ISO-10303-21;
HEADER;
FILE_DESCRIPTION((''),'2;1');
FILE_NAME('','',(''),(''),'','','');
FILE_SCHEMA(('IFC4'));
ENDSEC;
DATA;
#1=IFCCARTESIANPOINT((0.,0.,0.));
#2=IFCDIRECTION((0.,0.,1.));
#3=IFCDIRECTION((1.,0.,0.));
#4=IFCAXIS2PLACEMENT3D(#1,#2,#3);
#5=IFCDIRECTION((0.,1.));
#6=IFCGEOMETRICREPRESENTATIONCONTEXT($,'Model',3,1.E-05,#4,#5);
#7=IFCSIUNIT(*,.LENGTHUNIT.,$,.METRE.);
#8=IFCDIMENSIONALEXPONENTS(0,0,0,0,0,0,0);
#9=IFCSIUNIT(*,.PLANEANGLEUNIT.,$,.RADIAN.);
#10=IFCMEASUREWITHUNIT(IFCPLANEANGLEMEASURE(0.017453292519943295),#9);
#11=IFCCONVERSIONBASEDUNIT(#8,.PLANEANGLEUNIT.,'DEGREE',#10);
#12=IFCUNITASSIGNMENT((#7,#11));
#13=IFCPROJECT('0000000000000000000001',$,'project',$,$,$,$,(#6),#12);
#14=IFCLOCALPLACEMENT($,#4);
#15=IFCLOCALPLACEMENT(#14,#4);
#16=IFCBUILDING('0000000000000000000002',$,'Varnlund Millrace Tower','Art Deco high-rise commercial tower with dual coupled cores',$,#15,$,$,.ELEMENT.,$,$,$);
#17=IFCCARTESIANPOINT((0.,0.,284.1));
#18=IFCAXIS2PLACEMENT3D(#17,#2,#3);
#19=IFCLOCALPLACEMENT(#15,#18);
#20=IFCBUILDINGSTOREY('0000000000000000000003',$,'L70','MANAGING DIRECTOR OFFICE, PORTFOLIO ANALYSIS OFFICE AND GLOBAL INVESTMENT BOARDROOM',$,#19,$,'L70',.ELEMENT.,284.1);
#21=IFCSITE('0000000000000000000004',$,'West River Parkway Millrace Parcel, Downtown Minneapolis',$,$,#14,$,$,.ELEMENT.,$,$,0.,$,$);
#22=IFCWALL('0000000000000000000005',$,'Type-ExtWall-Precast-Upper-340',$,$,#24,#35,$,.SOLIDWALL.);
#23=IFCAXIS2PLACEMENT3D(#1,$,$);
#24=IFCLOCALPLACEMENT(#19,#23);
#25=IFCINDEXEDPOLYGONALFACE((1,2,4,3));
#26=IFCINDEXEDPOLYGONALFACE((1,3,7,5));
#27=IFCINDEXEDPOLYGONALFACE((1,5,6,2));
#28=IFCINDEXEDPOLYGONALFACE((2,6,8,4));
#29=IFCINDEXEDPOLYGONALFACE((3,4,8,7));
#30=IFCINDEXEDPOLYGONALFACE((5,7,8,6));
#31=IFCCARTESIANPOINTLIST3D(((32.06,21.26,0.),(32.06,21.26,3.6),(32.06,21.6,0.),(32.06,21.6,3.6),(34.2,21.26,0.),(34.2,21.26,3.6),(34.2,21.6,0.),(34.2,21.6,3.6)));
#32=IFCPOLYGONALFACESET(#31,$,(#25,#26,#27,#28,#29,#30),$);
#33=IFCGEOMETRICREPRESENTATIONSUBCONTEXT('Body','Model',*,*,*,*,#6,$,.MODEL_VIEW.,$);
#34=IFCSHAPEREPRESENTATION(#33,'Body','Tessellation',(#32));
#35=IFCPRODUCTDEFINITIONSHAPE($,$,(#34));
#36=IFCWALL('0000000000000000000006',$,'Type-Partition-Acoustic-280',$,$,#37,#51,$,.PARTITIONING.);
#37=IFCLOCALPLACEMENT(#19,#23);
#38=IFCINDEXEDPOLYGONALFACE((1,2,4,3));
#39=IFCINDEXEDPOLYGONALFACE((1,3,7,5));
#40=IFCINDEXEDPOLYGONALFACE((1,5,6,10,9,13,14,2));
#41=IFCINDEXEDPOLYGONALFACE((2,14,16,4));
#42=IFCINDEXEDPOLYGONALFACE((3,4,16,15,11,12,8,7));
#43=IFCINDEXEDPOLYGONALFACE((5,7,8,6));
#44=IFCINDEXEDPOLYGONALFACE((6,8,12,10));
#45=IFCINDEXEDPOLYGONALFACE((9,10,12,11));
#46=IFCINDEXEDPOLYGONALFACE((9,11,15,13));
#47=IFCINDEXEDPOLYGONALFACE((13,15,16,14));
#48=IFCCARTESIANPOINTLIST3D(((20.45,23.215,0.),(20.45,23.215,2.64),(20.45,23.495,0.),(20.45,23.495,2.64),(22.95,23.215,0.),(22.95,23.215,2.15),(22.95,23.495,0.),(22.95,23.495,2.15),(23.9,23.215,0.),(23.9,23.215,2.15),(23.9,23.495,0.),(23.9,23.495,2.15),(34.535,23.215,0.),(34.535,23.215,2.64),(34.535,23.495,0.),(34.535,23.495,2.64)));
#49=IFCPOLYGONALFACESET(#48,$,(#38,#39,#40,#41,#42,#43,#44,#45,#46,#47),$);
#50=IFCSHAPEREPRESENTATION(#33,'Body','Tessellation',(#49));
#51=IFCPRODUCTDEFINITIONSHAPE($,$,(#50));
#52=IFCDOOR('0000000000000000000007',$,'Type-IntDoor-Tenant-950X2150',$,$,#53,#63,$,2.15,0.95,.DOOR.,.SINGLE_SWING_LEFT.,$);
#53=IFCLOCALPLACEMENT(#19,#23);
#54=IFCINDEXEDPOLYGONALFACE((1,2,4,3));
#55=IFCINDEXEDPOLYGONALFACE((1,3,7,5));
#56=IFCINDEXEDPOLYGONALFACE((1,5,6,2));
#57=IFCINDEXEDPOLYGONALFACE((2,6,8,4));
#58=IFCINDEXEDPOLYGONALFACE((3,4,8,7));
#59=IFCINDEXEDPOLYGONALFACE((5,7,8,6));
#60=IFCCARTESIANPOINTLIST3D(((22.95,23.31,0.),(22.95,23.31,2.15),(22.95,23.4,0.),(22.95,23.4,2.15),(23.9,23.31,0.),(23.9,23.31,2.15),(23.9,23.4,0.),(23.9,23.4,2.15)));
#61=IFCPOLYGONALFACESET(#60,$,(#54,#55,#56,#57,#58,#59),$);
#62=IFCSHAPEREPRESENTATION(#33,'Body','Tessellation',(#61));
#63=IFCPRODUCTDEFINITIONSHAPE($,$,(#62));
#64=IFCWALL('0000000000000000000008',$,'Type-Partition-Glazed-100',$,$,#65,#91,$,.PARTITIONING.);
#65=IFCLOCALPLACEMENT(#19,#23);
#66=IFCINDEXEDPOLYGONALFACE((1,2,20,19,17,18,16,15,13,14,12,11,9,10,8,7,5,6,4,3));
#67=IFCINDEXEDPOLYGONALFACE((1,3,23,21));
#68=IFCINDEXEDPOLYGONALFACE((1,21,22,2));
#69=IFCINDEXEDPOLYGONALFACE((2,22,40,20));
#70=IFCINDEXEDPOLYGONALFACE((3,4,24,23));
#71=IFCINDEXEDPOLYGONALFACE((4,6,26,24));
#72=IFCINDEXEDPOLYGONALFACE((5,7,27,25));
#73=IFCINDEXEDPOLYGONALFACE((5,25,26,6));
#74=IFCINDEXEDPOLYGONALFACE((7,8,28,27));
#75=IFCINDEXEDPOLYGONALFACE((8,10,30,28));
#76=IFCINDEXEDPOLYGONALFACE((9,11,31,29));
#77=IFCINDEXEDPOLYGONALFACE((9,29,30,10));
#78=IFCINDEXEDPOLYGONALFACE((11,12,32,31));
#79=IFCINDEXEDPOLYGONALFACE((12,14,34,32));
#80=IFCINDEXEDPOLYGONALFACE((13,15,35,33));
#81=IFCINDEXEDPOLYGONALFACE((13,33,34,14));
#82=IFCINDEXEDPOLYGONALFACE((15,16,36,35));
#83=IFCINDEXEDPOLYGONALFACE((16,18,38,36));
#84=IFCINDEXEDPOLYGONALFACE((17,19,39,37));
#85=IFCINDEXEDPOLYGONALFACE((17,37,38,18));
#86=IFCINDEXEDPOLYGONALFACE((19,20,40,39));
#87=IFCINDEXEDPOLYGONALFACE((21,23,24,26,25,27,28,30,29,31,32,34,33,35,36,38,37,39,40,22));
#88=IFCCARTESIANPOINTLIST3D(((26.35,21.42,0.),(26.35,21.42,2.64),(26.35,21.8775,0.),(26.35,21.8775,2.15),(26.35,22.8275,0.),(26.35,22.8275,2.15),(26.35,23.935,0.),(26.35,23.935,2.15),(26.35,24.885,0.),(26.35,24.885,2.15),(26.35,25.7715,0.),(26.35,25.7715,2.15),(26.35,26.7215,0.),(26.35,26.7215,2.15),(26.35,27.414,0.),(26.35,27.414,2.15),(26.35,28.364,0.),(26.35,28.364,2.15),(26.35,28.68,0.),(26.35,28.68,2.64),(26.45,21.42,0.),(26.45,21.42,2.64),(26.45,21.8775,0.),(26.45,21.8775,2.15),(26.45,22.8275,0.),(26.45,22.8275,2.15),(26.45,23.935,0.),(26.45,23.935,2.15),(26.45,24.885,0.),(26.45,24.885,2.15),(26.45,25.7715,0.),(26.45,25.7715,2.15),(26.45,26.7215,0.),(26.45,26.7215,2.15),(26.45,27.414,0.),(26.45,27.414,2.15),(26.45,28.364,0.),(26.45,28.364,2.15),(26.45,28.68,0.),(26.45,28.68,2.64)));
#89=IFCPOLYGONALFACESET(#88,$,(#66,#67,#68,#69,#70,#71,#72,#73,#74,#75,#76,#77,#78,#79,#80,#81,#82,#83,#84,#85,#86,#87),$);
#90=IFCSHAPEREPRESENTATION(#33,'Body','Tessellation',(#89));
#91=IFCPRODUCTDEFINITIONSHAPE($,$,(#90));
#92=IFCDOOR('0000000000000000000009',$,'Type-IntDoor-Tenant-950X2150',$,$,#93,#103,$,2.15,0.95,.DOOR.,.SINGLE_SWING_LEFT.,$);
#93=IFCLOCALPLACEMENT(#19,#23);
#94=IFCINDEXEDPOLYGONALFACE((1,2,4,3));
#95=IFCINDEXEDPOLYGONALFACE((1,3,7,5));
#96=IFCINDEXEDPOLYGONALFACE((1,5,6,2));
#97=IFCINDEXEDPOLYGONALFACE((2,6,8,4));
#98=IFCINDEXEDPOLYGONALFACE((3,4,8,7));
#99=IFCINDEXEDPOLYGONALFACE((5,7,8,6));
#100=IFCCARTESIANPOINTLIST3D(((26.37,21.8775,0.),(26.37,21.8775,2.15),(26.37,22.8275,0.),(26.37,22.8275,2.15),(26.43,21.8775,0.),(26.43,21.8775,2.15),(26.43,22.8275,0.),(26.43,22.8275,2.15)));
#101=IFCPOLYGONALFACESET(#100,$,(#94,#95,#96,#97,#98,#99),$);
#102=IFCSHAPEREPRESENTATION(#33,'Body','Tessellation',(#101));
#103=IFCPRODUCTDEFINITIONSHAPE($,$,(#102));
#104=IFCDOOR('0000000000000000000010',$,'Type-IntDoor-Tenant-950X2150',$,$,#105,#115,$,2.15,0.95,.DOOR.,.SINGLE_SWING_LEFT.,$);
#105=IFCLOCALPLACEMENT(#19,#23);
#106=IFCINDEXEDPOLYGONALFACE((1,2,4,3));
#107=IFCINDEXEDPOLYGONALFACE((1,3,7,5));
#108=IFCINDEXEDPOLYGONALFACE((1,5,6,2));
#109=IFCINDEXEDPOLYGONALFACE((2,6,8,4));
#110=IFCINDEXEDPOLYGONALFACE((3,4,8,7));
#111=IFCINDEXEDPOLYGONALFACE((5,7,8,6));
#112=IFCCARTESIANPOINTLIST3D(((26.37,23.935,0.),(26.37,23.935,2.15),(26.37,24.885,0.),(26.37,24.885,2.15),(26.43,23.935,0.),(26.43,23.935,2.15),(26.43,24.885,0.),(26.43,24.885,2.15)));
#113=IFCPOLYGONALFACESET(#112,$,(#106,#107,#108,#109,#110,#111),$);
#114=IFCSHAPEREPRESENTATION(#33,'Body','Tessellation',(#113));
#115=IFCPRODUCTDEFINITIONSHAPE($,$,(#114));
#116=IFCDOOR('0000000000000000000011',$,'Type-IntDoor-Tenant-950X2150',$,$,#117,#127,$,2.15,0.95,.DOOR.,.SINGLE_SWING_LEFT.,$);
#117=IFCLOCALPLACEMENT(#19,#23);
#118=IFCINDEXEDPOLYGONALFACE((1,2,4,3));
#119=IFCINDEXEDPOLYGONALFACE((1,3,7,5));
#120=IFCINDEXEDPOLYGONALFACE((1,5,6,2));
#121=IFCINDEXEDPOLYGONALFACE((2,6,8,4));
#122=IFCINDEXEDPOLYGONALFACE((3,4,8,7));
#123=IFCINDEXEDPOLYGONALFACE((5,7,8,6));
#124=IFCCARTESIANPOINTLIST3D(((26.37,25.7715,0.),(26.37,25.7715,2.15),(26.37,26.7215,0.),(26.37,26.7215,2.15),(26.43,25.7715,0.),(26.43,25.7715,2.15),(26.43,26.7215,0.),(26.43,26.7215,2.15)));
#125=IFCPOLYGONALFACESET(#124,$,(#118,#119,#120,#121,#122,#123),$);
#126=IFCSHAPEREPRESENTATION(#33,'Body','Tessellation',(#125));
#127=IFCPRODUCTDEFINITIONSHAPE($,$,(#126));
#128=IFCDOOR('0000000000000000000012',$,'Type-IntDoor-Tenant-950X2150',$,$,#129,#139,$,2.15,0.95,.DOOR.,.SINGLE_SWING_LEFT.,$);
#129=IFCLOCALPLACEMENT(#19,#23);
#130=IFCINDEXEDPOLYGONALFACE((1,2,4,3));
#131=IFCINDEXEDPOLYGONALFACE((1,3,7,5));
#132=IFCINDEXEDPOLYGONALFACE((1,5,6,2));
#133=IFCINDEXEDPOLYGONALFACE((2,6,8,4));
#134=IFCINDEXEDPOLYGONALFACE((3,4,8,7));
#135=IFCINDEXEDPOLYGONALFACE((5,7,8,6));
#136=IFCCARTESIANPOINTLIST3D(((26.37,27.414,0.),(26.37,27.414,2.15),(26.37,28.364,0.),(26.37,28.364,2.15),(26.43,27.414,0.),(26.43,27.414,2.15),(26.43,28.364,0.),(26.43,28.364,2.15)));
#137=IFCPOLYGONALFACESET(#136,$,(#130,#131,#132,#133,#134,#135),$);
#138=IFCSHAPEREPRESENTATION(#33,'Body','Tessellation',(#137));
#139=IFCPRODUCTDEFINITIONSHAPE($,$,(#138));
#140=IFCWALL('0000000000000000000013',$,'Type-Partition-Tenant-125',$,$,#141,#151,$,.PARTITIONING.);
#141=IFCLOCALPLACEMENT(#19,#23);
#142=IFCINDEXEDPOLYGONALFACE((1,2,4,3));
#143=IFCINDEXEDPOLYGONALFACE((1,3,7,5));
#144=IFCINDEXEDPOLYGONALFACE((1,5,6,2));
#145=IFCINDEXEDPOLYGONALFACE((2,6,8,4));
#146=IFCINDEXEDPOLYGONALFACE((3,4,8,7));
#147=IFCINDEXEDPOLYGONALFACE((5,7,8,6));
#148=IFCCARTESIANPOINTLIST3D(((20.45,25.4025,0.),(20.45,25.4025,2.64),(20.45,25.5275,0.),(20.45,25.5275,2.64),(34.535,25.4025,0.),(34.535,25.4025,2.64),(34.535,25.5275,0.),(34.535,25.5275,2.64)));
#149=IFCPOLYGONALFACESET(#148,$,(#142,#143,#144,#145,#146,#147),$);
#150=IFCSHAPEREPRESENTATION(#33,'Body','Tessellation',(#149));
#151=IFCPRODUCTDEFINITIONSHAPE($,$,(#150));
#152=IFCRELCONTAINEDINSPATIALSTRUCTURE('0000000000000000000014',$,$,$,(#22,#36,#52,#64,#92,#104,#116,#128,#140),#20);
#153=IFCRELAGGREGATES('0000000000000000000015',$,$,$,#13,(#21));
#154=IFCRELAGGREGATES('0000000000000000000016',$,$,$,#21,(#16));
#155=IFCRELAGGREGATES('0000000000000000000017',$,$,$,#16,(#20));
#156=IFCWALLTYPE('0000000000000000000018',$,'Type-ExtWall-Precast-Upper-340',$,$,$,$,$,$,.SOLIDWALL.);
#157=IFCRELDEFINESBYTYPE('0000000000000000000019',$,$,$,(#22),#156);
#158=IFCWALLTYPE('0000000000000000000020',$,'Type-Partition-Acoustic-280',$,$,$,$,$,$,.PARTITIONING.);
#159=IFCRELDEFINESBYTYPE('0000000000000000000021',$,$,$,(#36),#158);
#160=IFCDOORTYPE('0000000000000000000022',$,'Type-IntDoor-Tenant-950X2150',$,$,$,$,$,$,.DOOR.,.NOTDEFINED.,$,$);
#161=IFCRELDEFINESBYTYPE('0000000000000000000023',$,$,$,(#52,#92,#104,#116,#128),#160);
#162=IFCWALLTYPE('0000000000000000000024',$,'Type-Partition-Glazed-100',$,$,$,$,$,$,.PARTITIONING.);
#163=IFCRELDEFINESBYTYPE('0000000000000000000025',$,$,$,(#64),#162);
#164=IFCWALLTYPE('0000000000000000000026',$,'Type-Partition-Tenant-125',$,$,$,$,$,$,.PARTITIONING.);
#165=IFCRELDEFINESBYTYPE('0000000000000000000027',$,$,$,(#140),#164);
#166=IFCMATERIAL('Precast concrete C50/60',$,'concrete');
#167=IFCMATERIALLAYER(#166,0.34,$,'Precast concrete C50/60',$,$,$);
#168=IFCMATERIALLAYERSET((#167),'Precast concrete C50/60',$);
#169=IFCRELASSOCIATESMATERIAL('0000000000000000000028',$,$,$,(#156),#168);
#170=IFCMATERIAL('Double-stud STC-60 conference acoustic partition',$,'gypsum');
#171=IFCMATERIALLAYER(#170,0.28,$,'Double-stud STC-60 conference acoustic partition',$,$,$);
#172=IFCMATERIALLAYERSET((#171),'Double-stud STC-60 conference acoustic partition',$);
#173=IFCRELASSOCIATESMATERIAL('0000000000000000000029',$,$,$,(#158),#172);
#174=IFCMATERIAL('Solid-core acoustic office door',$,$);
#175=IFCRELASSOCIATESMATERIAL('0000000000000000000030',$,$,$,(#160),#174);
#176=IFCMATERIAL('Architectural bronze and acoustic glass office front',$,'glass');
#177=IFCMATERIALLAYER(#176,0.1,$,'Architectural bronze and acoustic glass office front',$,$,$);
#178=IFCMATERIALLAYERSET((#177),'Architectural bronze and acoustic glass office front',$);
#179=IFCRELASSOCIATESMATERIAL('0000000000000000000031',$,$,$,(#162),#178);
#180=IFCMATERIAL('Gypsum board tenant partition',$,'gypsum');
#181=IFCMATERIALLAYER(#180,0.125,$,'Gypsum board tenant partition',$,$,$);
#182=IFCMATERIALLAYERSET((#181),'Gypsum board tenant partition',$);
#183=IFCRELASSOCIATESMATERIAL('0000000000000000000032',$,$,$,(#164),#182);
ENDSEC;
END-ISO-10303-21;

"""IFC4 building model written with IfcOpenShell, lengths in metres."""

from ifc_helpers import new_model, entity, si_unit, converted_unit, direction, frame, origin_with_axes, origin_2d_with_axis, place, context, subcontext, project, spatial, polyline, rectangle, outline, extrude, material, layer, layer_set, type_object, element, fill, save


model = new_model("IFC4")

# Units and contexts
model_context = context("Model", 3, precision=1e-05, world=origin_with_axes(), true_north=direction((0.0, 1.0)))
body_context = subcontext(model_context, "Body", "Model", "MODEL_VIEW")
ifc_project = project(units=[si_unit("LENGTHUNIT", "METRE"), converted_unit("PLANEANGLEUNIT", "DEGREE", entity("IfcPlaneAngleMeasure", 0.017453292519943295), si_unit("PLANEANGLEUNIT", "RADIAN"), dimensions=[0, 0, 0, 0, 0, 0, 0])], contexts=[model_context])

# Site, building, storey
site_placement = place(None, origin_with_axes())
site = spatial("IfcSite", under=ifc_project, at=site_placement, Name="West River Parkway Millrace Parcel, Downtown Minneapolis", CompositionType="ELEMENT", RefElevation=0.0)
building_placement = place(site_placement, origin_with_axes())
building = spatial("IfcBuilding", under=site, at=building_placement, Name="Varnlund Millrace Tower", Description="Art Deco high-rise commercial tower with dual coupled cores", CompositionType="ELEMENT")
storey_placement = place(building_placement, frame((0.0, 0.0, 284.1), z_axis=(0.0, 0.0, 1.0), x_axis=(1.0, 0.0, 0.0)))
storey = spatial("IfcBuildingStorey", under=building, at=storey_placement, Name="L70", Description="MANAGING DIRECTOR OFFICE, PORTFOLIO ANALYSIS OFFICE AND GLOBAL INVESTMENT BOARDROOM", LongName="L70", CompositionType="ELEMENT", Elevation=284.1)

# Shared definitions
ifc_material_1 = material(Name="Precast concrete C50/60", Category="concrete")
ifc_layer_1 = layer(ifc_material_1, 0.34, Name="Precast concrete C50/60")
ifc_layer_set_1 = layer_set([ifc_layer_1], Name="Precast concrete C50/60")
wall_type_1 = type_object("IfcWallType", Name="Type-ExtWall-Precast-Upper-340", PredefinedType="SOLIDWALL", material=ifc_layer_set_1)

# Wall
wall_1_placement = place(storey_placement, frame((32.06, 21.43, 0.0), z_axis=(0.0, 0.0, 1.0), x_axis=(1.0, 0.0, 0.0)))
element("IfcWall", 1, at=wall_1_placement, inside=storey, type_object=wall_type_1, Name="Type-ExtWall-Precast-Upper-340", PredefinedType="SOLIDWALL", context=body_context, shape_type="SweptSolid", body=[
    extrude(outline(polyline([(0.0, -0.17), (2.14, -0.17), (2.14, 0.17), (0.0, 0.17), (0.0, -0.17)])), origin_with_axes(), (0.0, 0.0, 1.0), 3.6),
])

# Wall, opening, door
ifc_material_2 = material(Name="Double-stud STC-60 conference acoustic partition", Category="gypsum")
ifc_layer_2 = layer(ifc_material_2, 0.28, Name="Double-stud STC-60 conference acoustic partition")
ifc_layer_set_2 = layer_set([ifc_layer_2], Name="Double-stud STC-60 conference acoustic partition")
wall_type_2 = type_object("IfcWallType", Name="Type-Partition-Acoustic-280", PredefinedType="PARTITIONING", material=ifc_layer_set_2)
wall_2_placement = place(storey_placement, frame((20.45, 23.355, 0.0), z_axis=(0.0, 0.0, 1.0), x_axis=(1.0, 0.0, 0.0)))
wall_2 = element("IfcWall", 2, at=wall_2_placement, inside=storey, type_object=wall_type_2, Name="Type-Partition-Acoustic-280", PredefinedType="PARTITIONING", context=body_context, shape_type="SweptSolid", body=[
    extrude(outline(polyline([(0.0, -0.14), (14.085, -0.14), (14.085, 0.14), (0.0, 0.14), (0.0, -0.14)])), origin_with_axes(), (0.0, 0.0, 1.0), 2.64),
])
opening_1_placement = place(wall_2_placement, frame((2.975, 0.0, 0.0), z_axis=(0.0, 0.0, 1.0), x_axis=(1.0, 0.0, 0.0)))
opening_1 = element("IfcOpeningElement", 3, at=opening_1_placement, cuts=wall_2, PredefinedType="OPENING", context=body_context, shape_type="SweptSolid", body=[
    extrude(rectangle(XDim=0.95, YDim=0.3, at=origin_2d_with_axis()), origin_with_axes(), (0.0, 0.0, 1.0), 2.15),
])
ifc_material_3 = material(Name="Solid-core acoustic office door")
door_type = type_object("IfcDoorType", Name="Type-IntDoor-Tenant-950X2150", OperationType="NOTDEFINED", PredefinedType="DOOR", material=ifc_material_3)
door_1_placement = place(wall_2_placement, frame((2.975, 0.0, 0.0), z_axis=(0.0, 0.0, 1.0), x_axis=(1.0, 0.0, 0.0)))
door_1 = element("IfcDoor", 4, at=door_1_placement, inside=storey, type_object=door_type, Name="Type-IntDoor-Tenant-950X2150", OperationType="SINGLE_SWING_LEFT", OverallHeight=2.15, OverallWidth=0.95, PredefinedType="DOOR", context=body_context, shape_type="SweptSolid", body=[
    extrude(rectangle(XDim=0.95, YDim=0.09, at=origin_2d_with_axis()), origin_with_axes(), (0.0, 0.0, 1.0), 2.15),
])
fill(opening_1, door_1)

# Wall, openings, doors
ifc_material_4 = material(Name="Architectural bronze and acoustic glass office front", Category="glass")
ifc_layer_3 = layer(ifc_material_4, 0.1, Name="Architectural bronze and acoustic glass office front")
ifc_layer_set_3 = layer_set([ifc_layer_3], Name="Architectural bronze and acoustic glass office front")
wall_type_3 = type_object("IfcWallType", Name="Type-Partition-Glazed-100", PredefinedType="PARTITIONING", material=ifc_layer_set_3)
wall_3_placement = place(storey_placement, frame((26.4, 21.42, 0.0), z_axis=(0.0, 0.0, 1.0), x_axis=(0.0, 1.0, 0.0)))
wall_3 = element("IfcWall", 5, at=wall_3_placement, inside=storey, type_object=wall_type_3, Name="Type-Partition-Glazed-100", PredefinedType="PARTITIONING", context=body_context, shape_type="SweptSolid", body=[
    extrude(outline(polyline([(0.0, -0.05), (7.26, -0.05), (7.26, 0.05), (0.0, 0.05), (0.0, -0.05)])), origin_with_axes(), (0.0, 0.0, 1.0), 2.64),
])
opening_2_placement = place(wall_3_placement, frame((0.9325, 0.0, 0.0), z_axis=(0.0, 0.0, 1.0), x_axis=(1.0, 0.0, 0.0)))
opening_2 = element("IfcOpeningElement", 6, at=opening_2_placement, cuts=wall_3, PredefinedType="OPENING", context=body_context, shape_type="SweptSolid", body=[
    extrude(rectangle(XDim=0.95, YDim=0.12, at=origin_2d_with_axis()), origin_with_axes(), (0.0, 0.0, 1.0), 2.15),
])
opening_3_placement = place(wall_3_placement, frame((2.99, 0.0, 0.0), z_axis=(0.0, 0.0, 1.0), x_axis=(1.0, 0.0, 0.0)))
opening_3 = element("IfcOpeningElement", 7, at=opening_3_placement, cuts=wall_3, PredefinedType="OPENING", context=body_context, shape_type="SweptSolid", body=[
    extrude(rectangle(XDim=0.95, YDim=0.12, at=origin_2d_with_axis()), origin_with_axes(), (0.0, 0.0, 1.0), 2.15),
])
opening_4_placement = place(wall_3_placement, frame((4.8265, 0.0, 0.0), z_axis=(0.0, 0.0, 1.0), x_axis=(1.0, 0.0, 0.0)))
opening_4 = element("IfcOpeningElement", 8, at=opening_4_placement, cuts=wall_3, PredefinedType="OPENING", context=body_context, shape_type="SweptSolid", body=[
    extrude(rectangle(XDim=0.95, YDim=0.12, at=origin_2d_with_axis()), origin_with_axes(), (0.0, 0.0, 1.0), 2.15),
])
opening_5_placement = place(wall_3_placement, frame((6.469, 0.0, 0.0), z_axis=(0.0, 0.0, 1.0), x_axis=(1.0, 0.0, 0.0)))
opening_5 = element("IfcOpeningElement", 9, at=opening_5_placement, cuts=wall_3, PredefinedType="OPENING", context=body_context, shape_type="SweptSolid", body=[
    extrude(rectangle(XDim=0.95, YDim=0.12, at=origin_2d_with_axis()), origin_with_axes(), (0.0, 0.0, 1.0), 2.15),
])
door_2_placement = place(wall_3_placement, frame((0.9325, 0.0, 0.0), z_axis=(0.0, 0.0, 1.0), x_axis=(1.0, 0.0, 0.0)))
door_2 = element("IfcDoor", 10, at=door_2_placement, inside=storey, type_object=door_type, Name="Type-IntDoor-Tenant-950X2150", OperationType="SINGLE_SWING_LEFT", OverallHeight=2.15, OverallWidth=0.95, PredefinedType="DOOR", context=body_context, shape_type="SweptSolid", body=[
    extrude(rectangle(XDim=0.95, YDim=0.06, at=origin_2d_with_axis()), origin_with_axes(), (0.0, 0.0, 1.0), 2.15),
])
fill(opening_2, door_2)
door_3_placement = place(wall_3_placement, frame((2.99, 0.0, 0.0), z_axis=(0.0, 0.0, 1.0), x_axis=(1.0, 0.0, 0.0)))
door_3 = element("IfcDoor", 11, at=door_3_placement, inside=storey, type_object=door_type, Name="Type-IntDoor-Tenant-950X2150", OperationType="SINGLE_SWING_LEFT", OverallHeight=2.15, OverallWidth=0.95, PredefinedType="DOOR", context=body_context, shape_type="SweptSolid", body=[
    extrude(rectangle(XDim=0.95, YDim=0.06, at=origin_2d_with_axis()), origin_with_axes(), (0.0, 0.0, 1.0), 2.15),
])
fill(opening_3, door_3)
door_4_placement = place(wall_3_placement, frame((4.8265, 0.0, 0.0), z_axis=(0.0, 0.0, 1.0), x_axis=(1.0, 0.0, 0.0)))
door_4 = element("IfcDoor", 12, at=door_4_placement, inside=storey, type_object=door_type, Name="Type-IntDoor-Tenant-950X2150", OperationType="SINGLE_SWING_LEFT", OverallHeight=2.15, OverallWidth=0.95, PredefinedType="DOOR", context=body_context, shape_type="SweptSolid", body=[
    extrude(rectangle(XDim=0.95, YDim=0.06, at=origin_2d_with_axis()), origin_with_axes(), (0.0, 0.0, 1.0), 2.15),
])
fill(opening_4, door_4)
door_5_placement = place(wall_3_placement, frame((6.469, 0.0, 0.0), z_axis=(0.0, 0.0, 1.0), x_axis=(1.0, 0.0, 0.0)))
door_5 = element("IfcDoor", 13, at=door_5_placement, inside=storey, type_object=door_type, Name="Type-IntDoor-Tenant-950X2150", OperationType="SINGLE_SWING_LEFT", OverallHeight=2.15, OverallWidth=0.95, PredefinedType="DOOR", context=body_context, shape_type="SweptSolid", body=[
    extrude(rectangle(XDim=0.95, YDim=0.06, at=origin_2d_with_axis()), origin_with_axes(), (0.0, 0.0, 1.0), 2.15),
])
fill(opening_5, door_5)

# Wall
ifc_material_5 = material(Name="Gypsum board tenant partition", Category="gypsum")
ifc_layer_4 = layer(ifc_material_5, 0.125, Name="Gypsum board tenant partition")
ifc_layer_set_4 = layer_set([ifc_layer_4], Name="Gypsum board tenant partition")
wall_type_4 = type_object("IfcWallType", Name="Type-Partition-Tenant-125", PredefinedType="PARTITIONING", material=ifc_layer_set_4)
wall_4_placement = place(storey_placement, frame((20.45, 25.465, 0.0), z_axis=(0.0, 0.0, 1.0), x_axis=(1.0, 0.0, 0.0)))
element("IfcWall", 14, at=wall_4_placement, inside=storey, type_object=wall_type_4, Name="Type-Partition-Tenant-125", PredefinedType="PARTITIONING", context=body_context, shape_type="SweptSolid", body=[
    extrude(outline(polyline([(0.0, -0.0625), (14.085, -0.0625), (14.085, 0.0625), (0.0, 0.0625), (0.0, -0.0625)])), origin_with_axes(), (0.0, 0.0, 1.0), 2.64),
])

save(model, "model.ifc")
